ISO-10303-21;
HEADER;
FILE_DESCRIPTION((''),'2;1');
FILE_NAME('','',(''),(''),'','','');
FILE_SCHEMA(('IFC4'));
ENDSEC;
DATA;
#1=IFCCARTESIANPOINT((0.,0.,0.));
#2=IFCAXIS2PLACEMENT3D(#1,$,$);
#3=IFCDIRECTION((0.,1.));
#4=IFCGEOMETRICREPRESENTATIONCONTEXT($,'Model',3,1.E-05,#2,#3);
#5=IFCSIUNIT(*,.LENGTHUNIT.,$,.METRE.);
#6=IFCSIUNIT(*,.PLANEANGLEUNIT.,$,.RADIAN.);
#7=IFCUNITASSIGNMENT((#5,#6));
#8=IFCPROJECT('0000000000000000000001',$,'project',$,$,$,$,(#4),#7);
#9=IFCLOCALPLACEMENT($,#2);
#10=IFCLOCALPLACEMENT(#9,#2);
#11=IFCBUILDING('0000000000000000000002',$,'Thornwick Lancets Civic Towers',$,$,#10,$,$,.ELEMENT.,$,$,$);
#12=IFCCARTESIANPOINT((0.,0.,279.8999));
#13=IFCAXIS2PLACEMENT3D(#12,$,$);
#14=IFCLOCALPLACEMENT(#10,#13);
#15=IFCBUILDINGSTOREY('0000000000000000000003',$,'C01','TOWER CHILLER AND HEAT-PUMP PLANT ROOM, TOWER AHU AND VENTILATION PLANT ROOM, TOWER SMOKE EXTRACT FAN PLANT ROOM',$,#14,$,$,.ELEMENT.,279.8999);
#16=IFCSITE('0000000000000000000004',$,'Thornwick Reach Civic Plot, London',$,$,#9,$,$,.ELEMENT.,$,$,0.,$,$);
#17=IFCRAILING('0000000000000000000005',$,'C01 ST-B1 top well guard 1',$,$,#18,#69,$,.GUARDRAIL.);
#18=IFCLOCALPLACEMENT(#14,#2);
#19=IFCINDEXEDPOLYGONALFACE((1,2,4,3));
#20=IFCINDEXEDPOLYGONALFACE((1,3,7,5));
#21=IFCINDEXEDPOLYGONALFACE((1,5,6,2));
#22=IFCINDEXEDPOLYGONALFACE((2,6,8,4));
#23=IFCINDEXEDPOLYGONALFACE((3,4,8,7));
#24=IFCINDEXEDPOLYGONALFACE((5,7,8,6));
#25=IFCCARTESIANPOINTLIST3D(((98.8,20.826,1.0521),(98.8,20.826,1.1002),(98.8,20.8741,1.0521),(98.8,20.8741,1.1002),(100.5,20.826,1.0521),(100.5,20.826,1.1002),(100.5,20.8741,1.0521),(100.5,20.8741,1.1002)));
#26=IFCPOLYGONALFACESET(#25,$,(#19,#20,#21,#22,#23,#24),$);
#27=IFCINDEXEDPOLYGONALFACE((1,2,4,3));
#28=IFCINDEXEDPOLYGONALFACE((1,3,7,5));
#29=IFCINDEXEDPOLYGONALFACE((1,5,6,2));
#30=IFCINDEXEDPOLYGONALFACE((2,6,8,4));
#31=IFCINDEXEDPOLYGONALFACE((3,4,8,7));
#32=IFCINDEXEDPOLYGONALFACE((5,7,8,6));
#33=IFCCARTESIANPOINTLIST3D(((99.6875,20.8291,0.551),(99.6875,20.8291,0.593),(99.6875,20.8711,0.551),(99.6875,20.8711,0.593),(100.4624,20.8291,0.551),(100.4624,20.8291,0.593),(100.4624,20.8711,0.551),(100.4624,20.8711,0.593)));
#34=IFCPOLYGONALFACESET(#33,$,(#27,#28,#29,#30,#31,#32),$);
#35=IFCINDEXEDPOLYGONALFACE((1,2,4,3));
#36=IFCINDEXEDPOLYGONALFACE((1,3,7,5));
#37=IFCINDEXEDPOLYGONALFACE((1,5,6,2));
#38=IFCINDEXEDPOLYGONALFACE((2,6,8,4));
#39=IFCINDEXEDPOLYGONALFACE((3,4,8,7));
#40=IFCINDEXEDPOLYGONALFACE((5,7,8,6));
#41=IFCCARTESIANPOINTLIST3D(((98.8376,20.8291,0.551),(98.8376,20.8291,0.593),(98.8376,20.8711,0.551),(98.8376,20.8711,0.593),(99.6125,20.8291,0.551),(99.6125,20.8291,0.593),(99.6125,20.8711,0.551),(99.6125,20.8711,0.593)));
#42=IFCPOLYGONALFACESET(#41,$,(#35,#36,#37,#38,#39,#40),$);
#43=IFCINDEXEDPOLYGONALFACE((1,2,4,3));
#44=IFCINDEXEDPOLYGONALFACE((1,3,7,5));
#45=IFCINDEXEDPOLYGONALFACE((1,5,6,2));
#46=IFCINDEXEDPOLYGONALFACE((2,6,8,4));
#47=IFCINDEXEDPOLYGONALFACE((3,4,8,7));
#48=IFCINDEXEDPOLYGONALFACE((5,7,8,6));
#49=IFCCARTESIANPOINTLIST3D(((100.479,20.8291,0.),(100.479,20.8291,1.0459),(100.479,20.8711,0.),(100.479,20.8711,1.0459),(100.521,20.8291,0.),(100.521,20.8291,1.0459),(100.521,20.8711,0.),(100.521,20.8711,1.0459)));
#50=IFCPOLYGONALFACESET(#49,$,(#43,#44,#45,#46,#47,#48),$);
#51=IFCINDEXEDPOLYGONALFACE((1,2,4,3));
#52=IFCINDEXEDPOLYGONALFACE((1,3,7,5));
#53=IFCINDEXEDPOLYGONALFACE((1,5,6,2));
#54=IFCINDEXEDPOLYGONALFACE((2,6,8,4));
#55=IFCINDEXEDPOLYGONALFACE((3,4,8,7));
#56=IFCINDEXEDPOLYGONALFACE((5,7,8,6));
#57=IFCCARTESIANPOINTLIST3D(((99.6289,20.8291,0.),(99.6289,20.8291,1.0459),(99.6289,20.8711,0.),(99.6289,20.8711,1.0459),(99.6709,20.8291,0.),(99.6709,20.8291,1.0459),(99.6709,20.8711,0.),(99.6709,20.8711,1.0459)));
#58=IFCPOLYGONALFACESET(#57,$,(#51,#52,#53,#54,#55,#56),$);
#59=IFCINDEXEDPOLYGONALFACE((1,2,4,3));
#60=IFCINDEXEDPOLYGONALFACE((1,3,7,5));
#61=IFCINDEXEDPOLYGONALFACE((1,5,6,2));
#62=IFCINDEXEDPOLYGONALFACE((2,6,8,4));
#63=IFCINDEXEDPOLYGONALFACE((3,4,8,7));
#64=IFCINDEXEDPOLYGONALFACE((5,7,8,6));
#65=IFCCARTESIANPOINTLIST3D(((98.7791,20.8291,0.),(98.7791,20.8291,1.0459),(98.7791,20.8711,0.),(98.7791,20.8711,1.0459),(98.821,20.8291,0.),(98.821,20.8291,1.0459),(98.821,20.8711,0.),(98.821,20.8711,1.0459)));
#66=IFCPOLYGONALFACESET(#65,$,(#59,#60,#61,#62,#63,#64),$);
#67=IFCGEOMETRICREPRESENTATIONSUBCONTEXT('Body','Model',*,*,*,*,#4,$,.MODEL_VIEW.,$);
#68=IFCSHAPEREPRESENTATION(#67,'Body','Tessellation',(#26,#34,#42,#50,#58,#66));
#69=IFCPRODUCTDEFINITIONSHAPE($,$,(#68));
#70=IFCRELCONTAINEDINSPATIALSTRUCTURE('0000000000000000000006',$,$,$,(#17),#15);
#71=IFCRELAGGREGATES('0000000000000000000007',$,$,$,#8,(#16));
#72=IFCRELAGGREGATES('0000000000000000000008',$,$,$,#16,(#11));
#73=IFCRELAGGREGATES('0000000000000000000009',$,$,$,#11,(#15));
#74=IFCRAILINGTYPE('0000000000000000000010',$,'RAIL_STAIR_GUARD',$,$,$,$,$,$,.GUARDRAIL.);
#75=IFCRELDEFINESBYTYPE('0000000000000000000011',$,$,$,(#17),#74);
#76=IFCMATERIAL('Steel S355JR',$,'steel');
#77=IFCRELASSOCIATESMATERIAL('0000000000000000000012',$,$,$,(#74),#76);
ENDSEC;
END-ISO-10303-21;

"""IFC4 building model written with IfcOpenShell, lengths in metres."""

from ifc_helpers import new_model, si_unit, direction, frame, origin, origin_2d, place, context, subcontext, project, spatial, rectangle, extrude, material, type_object, element, save


model = new_model("IFC4")

# Units and contexts
model_context = context("Model", 3, precision=1e-05, world=origin(), true_north=direction((0.0, 1.0)))
body_context = subcontext(model_context, "Body", "Model", "MODEL_VIEW")
ifc_project = project(units=[si_unit("LENGTHUNIT", "METRE"), si_unit("PLANEANGLEUNIT", "RADIAN")], contexts=[model_context])

# Site, building, storey
site_placement = place(None, origin())
site = spatial("IfcSite", under=ifc_project, at=site_placement, Name="Thornwick Reach Civic Plot, London", CompositionType="ELEMENT", RefElevation=0.0)
building_placement = place(site_placement, origin())
building = spatial("IfcBuilding", under=site, at=building_placement, Name="Thornwick Lancets Civic Towers", CompositionType="ELEMENT")
storey_placement = place(building_placement, frame((0.0, 0.0, 279.8999)))
storey = spatial("IfcBuildingStorey", under=building, at=storey_placement, Name="C01", Description="TOWER CHILLER AND HEAT-PUMP PLANT ROOM, TOWER AHU AND VENTILATION PLANT ROOM, TOWER SMOKE EXTRACT FAN PLANT ROOM", CompositionType="ELEMENT", Elevation=279.8999)

# Shared definitions
ifc_material_1 = material(Name="Steel S355JR", Category="steel")

# Railing
railing_type = type_object("IfcRailingType", Name="RAIL_STAIR_GUARD", PredefinedType="GUARDRAIL", material=ifc_material_1)
railing_placement = place(storey_placement, frame((100.5, 20.8501, 0.0)))
element("IfcRailing", 1, at=railing_placement, inside=storey, type_object=railing_type, Name="C01 ST-B1 top well guard 1", PredefinedType="GUARDRAIL", context=body_context, shape_type="SweptSolid", body=[
    extrude(rectangle(XDim=0.0481, YDim=0.0481, at=origin_2d()), frame((0.0, 0.0, 1.0762), z_axis=(-1.0, 0.0, 0.0), x_axis=(0.0, -1.0, 0.0)), (0.0, 0.0, 1.0), 1.7),
    extrude(rectangle(XDim=0.042, YDim=0.042, at=origin_2d()), frame((-0.0376, 0.0, 0.572), z_axis=(-1.0, 0.0, 0.0), x_axis=(0.0, -1.0, 0.0)), (0.0, 0.0, 1.0), 0.7749),
    extrude(rectangle(XDim=0.042, YDim=0.042, at=origin_2d()), frame((-0.8875, 0.0, 0.572), z_axis=(-1.0, 0.0, 0.0), x_axis=(0.0, -1.0, 0.0)), (0.0, 0.0, 1.0), 0.7749),
    extrude(rectangle(XDim=0.042, YDim=0.042, at=origin_2d()), origin(), (0.0, 0.0, 1.0), 1.0459),
    extrude(rectangle(XDim=0.042, YDim=0.042, at=origin_2d()), frame((-0.8501, 0.0, 0.0)), (0.0, 0.0, 1.0), 1.0459),
    extrude(rectangle(XDim=0.042, YDim=0.042, at=origin_2d()), frame((-1.7, 0.0, 0.0)), (0.0, 0.0, 1.0), 1.0459),
])

save(model, "model.ifc")
